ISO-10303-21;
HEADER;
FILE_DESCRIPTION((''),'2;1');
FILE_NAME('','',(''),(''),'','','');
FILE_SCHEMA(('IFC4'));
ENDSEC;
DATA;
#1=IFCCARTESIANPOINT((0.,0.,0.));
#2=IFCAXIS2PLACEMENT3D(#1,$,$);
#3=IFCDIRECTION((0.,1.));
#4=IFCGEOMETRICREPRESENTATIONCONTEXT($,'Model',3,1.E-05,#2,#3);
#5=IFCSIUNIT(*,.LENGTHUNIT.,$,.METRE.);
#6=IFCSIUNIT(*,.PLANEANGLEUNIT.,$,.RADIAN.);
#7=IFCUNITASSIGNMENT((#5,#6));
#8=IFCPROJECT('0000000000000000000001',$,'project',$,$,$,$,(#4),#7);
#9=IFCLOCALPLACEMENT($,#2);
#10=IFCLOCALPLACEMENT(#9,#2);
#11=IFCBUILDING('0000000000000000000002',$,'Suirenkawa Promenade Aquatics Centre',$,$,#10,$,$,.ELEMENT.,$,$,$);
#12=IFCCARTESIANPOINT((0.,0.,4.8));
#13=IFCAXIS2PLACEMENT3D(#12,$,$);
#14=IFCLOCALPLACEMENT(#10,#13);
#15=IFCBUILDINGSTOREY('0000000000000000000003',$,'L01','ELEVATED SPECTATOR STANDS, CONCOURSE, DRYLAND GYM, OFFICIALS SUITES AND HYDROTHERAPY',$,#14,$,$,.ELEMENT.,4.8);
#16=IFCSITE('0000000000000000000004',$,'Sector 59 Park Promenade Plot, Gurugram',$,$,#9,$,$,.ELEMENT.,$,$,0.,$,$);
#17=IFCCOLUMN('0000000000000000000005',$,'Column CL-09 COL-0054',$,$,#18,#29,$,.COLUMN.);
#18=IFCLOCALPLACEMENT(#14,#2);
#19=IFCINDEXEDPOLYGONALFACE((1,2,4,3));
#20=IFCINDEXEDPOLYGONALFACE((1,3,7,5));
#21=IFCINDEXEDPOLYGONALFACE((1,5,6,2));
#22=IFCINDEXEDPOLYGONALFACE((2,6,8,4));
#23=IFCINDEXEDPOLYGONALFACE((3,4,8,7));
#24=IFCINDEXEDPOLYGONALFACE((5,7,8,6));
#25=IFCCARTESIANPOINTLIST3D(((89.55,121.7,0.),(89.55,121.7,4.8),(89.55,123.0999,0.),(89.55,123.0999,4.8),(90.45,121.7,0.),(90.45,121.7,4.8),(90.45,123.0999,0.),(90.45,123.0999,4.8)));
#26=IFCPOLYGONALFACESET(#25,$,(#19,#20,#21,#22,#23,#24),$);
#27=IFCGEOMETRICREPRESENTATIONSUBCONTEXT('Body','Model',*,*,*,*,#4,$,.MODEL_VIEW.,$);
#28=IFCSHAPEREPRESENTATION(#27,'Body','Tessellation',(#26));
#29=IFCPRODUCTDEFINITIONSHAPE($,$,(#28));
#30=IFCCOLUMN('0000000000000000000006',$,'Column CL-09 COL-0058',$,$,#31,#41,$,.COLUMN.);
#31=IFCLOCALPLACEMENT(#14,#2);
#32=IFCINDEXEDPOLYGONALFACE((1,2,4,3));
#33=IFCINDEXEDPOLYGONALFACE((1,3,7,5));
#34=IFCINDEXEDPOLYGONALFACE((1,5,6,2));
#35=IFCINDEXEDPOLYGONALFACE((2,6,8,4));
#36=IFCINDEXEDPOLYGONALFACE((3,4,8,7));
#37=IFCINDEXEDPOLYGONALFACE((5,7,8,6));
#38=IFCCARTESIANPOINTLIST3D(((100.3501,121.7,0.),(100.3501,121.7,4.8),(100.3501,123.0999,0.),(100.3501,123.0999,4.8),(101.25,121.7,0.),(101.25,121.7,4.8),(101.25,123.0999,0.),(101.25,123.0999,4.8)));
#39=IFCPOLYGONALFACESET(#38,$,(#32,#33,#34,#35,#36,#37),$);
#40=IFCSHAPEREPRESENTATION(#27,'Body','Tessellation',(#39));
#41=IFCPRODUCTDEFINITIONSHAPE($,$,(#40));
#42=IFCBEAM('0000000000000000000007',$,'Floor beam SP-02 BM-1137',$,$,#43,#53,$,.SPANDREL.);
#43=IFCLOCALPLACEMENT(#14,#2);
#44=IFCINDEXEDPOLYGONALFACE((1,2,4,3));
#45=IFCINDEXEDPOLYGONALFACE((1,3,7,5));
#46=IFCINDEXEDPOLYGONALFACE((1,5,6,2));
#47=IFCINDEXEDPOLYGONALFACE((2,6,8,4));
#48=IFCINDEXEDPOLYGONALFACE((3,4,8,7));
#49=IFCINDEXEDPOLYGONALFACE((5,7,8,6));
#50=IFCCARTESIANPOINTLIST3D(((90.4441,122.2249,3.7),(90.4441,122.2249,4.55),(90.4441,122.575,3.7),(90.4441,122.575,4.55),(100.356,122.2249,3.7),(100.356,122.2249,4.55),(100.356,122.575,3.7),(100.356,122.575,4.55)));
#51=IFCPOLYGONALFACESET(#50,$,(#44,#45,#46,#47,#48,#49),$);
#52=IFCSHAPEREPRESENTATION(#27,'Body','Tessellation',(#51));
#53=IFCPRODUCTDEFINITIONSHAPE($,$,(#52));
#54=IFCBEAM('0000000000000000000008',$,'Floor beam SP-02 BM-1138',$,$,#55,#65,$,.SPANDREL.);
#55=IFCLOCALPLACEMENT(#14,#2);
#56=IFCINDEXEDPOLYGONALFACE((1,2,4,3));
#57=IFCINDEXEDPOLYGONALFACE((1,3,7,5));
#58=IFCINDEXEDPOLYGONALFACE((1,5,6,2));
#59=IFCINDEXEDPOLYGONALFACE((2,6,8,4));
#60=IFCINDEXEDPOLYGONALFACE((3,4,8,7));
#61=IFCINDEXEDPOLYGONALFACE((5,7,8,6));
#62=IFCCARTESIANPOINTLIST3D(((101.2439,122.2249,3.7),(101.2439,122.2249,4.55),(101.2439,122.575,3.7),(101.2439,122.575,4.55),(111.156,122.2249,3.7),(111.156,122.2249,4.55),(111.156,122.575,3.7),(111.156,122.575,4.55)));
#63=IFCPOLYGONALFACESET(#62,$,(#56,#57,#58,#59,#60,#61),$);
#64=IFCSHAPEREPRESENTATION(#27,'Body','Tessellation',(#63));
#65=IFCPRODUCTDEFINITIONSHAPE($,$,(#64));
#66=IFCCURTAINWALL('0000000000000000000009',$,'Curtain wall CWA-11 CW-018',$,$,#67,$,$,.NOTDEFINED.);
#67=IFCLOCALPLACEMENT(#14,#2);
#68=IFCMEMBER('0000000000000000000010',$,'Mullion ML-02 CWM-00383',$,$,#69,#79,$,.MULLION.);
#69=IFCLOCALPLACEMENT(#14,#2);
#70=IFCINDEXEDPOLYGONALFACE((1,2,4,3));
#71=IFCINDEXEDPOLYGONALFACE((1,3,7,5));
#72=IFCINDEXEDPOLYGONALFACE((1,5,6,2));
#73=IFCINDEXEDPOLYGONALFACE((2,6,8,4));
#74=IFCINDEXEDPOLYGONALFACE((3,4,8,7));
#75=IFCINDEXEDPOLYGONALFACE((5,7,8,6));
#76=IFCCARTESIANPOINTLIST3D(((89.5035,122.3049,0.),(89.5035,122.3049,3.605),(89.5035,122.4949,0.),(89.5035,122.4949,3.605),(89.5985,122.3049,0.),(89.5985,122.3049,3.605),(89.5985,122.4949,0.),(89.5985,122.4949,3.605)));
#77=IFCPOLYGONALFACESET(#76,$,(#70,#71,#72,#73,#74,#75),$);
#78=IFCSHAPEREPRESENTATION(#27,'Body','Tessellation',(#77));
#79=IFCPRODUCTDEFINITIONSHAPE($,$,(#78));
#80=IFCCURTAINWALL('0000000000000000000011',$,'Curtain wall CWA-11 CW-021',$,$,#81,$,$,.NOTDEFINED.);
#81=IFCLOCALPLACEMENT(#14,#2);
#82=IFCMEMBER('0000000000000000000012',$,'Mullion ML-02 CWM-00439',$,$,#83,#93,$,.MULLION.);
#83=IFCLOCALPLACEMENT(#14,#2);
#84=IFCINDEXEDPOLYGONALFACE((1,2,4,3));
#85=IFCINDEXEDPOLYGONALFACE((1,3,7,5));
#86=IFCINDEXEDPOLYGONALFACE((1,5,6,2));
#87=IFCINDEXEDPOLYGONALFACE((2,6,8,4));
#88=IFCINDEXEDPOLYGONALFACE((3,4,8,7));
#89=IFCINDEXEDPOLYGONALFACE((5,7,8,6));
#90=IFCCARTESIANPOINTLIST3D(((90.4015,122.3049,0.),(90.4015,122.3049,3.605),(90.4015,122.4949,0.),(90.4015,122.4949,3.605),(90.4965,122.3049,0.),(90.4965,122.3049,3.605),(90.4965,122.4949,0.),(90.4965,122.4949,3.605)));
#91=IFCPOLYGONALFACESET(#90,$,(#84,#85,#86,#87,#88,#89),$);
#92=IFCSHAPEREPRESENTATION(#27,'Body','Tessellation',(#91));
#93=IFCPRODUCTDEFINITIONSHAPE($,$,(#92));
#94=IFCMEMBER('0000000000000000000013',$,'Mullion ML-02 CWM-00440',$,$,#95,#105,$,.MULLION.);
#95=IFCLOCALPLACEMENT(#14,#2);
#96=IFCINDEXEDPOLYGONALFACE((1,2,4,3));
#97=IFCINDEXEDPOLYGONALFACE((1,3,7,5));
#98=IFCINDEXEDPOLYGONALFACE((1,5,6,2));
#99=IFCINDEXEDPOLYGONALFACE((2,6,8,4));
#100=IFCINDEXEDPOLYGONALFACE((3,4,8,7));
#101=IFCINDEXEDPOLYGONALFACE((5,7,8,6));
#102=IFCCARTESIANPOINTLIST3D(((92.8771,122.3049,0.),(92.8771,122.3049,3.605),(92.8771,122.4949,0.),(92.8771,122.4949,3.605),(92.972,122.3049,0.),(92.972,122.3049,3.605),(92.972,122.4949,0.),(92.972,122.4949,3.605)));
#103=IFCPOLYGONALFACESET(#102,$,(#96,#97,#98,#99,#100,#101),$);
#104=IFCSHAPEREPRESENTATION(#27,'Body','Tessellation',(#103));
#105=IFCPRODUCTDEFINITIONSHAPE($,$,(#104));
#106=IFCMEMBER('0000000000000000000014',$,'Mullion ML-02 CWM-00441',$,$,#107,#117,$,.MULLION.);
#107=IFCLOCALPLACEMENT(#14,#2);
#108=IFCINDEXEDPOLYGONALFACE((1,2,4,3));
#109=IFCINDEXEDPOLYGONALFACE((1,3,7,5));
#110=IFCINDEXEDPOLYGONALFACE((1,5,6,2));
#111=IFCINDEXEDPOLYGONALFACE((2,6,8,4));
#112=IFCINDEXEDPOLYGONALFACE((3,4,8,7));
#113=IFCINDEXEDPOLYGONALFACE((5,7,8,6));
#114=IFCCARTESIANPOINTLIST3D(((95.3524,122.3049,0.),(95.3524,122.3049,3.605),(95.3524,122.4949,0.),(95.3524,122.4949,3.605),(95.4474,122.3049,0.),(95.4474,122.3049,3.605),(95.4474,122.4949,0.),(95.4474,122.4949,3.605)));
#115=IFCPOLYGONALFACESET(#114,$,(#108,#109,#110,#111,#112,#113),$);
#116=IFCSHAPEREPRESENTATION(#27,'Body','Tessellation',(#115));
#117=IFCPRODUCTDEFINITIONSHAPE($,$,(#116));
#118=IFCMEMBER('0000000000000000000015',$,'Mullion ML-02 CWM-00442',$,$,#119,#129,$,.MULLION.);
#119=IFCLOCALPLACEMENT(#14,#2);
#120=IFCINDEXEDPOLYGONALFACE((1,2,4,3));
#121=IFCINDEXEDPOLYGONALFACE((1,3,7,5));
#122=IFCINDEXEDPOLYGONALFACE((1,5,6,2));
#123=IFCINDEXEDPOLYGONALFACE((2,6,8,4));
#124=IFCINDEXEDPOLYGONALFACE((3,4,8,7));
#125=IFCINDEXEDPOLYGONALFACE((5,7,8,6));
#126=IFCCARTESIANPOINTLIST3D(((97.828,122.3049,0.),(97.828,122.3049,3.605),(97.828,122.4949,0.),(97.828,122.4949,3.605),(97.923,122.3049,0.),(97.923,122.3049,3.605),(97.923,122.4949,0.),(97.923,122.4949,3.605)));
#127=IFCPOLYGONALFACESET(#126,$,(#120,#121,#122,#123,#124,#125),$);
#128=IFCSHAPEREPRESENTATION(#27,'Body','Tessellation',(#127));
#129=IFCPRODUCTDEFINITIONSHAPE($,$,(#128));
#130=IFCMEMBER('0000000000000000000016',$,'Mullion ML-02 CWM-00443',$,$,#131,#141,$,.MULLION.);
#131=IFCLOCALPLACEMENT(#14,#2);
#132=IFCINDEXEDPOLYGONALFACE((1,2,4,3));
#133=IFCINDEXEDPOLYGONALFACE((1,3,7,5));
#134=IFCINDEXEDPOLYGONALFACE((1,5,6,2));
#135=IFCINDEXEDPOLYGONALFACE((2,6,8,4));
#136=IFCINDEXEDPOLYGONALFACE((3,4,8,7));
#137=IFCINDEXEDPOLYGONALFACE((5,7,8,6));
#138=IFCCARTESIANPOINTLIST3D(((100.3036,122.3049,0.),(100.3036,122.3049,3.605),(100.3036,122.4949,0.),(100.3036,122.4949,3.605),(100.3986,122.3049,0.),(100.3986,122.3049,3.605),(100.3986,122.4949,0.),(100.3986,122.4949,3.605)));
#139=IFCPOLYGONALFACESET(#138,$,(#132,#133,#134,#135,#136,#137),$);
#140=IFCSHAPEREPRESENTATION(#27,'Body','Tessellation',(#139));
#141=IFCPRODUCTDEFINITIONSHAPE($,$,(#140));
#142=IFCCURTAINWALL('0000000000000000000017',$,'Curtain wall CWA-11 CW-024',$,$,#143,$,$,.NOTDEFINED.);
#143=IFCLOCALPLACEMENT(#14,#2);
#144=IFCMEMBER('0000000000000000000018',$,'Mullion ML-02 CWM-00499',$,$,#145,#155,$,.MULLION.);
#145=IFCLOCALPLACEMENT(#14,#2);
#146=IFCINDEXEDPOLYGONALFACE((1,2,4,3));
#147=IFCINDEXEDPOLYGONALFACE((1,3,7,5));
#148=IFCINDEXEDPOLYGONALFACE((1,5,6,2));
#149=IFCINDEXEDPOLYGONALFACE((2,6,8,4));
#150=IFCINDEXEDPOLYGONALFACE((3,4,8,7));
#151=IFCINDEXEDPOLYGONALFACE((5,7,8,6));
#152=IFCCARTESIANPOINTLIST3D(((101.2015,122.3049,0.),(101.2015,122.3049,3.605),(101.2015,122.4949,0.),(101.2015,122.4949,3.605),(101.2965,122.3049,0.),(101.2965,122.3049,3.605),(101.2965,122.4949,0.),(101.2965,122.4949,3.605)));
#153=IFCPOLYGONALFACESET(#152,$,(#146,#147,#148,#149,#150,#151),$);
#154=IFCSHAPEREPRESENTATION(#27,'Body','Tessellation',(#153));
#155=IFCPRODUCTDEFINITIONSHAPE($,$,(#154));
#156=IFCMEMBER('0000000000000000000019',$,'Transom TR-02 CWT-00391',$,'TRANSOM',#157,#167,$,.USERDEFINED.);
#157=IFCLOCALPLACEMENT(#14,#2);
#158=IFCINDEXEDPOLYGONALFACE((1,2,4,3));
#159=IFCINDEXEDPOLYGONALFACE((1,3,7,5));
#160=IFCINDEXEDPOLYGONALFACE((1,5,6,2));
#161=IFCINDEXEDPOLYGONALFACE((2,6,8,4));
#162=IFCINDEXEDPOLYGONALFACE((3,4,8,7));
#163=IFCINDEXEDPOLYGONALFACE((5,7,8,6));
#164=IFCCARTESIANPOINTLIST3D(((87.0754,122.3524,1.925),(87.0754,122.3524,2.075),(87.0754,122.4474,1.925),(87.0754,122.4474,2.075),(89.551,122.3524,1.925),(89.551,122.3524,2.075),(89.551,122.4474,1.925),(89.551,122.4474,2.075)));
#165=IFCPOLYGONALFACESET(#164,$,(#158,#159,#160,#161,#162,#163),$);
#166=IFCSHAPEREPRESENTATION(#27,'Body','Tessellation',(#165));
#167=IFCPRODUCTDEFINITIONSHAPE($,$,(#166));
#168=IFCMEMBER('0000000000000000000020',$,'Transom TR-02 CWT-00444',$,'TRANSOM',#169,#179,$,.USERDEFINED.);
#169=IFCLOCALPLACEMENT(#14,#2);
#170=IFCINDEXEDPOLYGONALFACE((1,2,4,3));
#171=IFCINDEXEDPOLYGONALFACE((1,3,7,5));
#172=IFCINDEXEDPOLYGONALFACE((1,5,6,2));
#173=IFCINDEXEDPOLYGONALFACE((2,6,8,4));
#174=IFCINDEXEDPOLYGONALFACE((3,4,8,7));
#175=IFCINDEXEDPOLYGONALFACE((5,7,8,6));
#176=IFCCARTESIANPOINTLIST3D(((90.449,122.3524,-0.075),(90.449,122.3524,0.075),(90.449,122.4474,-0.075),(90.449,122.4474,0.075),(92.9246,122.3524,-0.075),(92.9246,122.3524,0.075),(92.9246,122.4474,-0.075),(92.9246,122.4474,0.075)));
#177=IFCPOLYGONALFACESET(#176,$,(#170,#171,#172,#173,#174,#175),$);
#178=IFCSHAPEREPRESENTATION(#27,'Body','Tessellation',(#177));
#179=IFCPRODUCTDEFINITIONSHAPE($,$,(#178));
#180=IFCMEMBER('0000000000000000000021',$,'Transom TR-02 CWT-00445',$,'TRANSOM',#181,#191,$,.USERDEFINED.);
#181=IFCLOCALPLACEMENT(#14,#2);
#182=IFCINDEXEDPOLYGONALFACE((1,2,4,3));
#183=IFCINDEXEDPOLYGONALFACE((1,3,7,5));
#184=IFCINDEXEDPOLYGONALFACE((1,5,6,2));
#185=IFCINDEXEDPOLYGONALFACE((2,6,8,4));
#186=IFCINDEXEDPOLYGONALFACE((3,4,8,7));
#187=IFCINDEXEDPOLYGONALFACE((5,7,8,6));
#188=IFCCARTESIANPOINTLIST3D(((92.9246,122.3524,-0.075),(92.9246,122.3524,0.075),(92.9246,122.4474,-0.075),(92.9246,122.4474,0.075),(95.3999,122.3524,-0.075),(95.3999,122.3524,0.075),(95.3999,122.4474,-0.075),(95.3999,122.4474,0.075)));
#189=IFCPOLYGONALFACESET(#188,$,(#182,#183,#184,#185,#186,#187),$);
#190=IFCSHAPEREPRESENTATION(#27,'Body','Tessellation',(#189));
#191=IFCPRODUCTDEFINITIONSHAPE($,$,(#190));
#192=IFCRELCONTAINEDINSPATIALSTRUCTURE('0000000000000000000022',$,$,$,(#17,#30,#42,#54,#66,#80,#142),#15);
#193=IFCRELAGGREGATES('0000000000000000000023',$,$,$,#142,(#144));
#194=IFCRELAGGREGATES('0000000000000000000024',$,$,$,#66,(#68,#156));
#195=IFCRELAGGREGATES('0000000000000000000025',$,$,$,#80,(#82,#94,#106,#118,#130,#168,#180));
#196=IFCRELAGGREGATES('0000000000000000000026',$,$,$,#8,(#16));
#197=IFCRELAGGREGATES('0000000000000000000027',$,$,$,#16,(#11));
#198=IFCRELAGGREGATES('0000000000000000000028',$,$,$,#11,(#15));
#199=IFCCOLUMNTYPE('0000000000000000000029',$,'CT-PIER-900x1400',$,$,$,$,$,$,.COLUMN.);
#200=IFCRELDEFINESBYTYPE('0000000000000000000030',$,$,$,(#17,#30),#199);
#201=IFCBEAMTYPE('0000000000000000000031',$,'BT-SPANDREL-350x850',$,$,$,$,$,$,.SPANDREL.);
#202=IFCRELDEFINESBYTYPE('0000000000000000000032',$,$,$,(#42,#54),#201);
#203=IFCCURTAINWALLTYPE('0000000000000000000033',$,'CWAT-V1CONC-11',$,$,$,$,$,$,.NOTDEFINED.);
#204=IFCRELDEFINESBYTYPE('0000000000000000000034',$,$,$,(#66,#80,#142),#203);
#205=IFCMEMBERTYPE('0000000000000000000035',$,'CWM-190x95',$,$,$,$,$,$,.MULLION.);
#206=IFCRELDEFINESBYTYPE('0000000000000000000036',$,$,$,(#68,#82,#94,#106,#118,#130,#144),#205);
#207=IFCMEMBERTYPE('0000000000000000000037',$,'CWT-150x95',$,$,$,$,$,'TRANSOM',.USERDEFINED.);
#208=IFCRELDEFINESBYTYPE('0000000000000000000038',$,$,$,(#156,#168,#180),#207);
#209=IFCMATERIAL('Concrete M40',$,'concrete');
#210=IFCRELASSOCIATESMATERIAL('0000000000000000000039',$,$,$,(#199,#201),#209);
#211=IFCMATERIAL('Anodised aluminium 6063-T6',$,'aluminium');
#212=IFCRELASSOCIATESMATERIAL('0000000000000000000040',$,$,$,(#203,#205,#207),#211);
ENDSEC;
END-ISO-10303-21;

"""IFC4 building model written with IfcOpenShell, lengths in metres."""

from ifc_helpers import new_model, si_unit, direction, frame, origin, origin_2d, place, context, subcontext, project, spatial, rectangle, extrude, material, material_profile, profile_set, type_object, element, aggregate, save


model = new_model("IFC4")

# Units and contexts
model_context = context("Model", 3, precision=1e-05, world=origin(), true_north=direction((0.0, 1.0)))
body_context = subcontext(model_context, "Body", "Model", "MODEL_VIEW")
ifc_project = project(units=[si_unit("LENGTHUNIT", "METRE"), si_unit("PLANEANGLEUNIT", "RADIAN")], contexts=[model_context])

# Site, building, storey
site_placement = place(None, origin())
site = spatial("IfcSite", under=ifc_project, at=site_placement, Name="Sector 59 Park Promenade Plot, Gurugram", CompositionType="ELEMENT", RefElevation=0.0)
building_placement = place(site_placement, origin())
building = spatial("IfcBuilding", under=site, at=building_placement, Name="Suirenkawa Promenade Aquatics Centre", CompositionType="ELEMENT")
storey_placement = place(building_placement, frame((0.0, 0.0, 4.8)))
storey = spatial("IfcBuildingStorey", under=building, at=storey_placement, Name="L01", Description="ELEVATED SPECTATOR STANDS, CONCOURSE, DRYLAND GYM, OFFICIALS SUITES AND HYDROTHERAPY", CompositionType="ELEMENT", Elevation=4.8)

# Columns
ifc_material_1 = material(Name="Concrete M40", Category="concrete")
ifc_material_profile_1 = material_profile(ifc_material_1, rectangle(XDim=0.8999, YDim=1.3999, at=origin_2d()), Name="RC PIER 900x1400", Category="concrete")
ifc_profile_set_1 = profile_set([ifc_material_profile_1], Name="Concrete M40")
column_type = type_object("IfcColumnType", Name="CT-PIER-900x1400", PredefinedType="COLUMN", material=ifc_profile_set_1)
for number, where, z_axis, x_axis, name in (
    (1, (90.0, 122.3999, 0.0), (0.0, 0.0, 1.0), (1.0, 0.0, 0.0), "Column CL-09 COL-0054"),
    (2, (100.8, 122.3999, 0.0), (0.0, 0.0, 1.0), (1.0, 0.0, 0.0), "Column CL-09 COL-0058"),
):
    element("IfcColumn", number, at=place(storey_placement, frame(where, z_axis=z_axis, x_axis=x_axis)), inside=storey, type_object=column_type, Name=name, PredefinedType="COLUMN", context=body_context, shape_type="SweptSolid", body=[
        extrude(rectangle(XDim=0.8999, YDim=1.3999, at=origin_2d()), origin(), (0.0, 0.0, 1.0), 4.8),
    ])

# Beams
ifc_material_profile_2 = material_profile(ifc_material_1, rectangle(XDim=0.3501, YDim=0.8501, at=origin_2d()), Name="RC SPANDREL 350x850", Category="concrete")
ifc_profile_set_2 = profile_set([ifc_material_profile_2], Name="Concrete M40")
beam_type = type_object("IfcBeamType", Name="BT-SPANDREL-350x850", PredefinedType="SPANDREL", material=ifc_profile_set_2)
beam_1_placement = place(storey_placement, frame((90.4441, 122.3999, 4.125), z_axis=(1.0, 0.0, 0.0), x_axis=(0.0, 1.0, 0.0)))
element("IfcBeam", 3, at=beam_1_placement, inside=storey, type_object=beam_type, Name="Floor beam SP-02 BM-1137", PredefinedType="SPANDREL", context=body_context, shape_type="SweptSolid", body=[
    extrude(rectangle(XDim=0.3501, YDim=0.8501, at=origin_2d()), origin(), (0.0, 0.0, 1.0), 9.9119),
])
beam_2_placement = place(storey_placement, frame((101.2439, 122.3999, 4.125), z_axis=(1.0, 0.0, 0.0), x_axis=(0.0, 1.0, 0.0)))
element("IfcBeam", 4, at=beam_2_placement, inside=storey, type_object=beam_type, Name="Floor beam SP-02 BM-1138", PredefinedType="SPANDREL", context=body_context, shape_type="SweptSolid", body=[
    extrude(rectangle(XDim=0.3501, YDim=0.8501, at=origin_2d()), origin(), (0.0, 0.0, 1.0), 9.9121),
])

# Curtain wall, member
ifc_material_2 = material(Name="Anodised aluminium 6063-T6", Category="aluminium")
curtain_wall_type = type_object("IfcCurtainWallType", Name="CWAT-V1CONC-11", PredefinedType="NOTDEFINED", material=ifc_material_2)
curtain_wall_1_placement = place(storey_placement, origin())
curtain_wall_1 = element("IfcCurtainWall", 5, at=curtain_wall_1_placement, inside=storey, type_object=curtain_wall_type, Name="Curtain wall CWA-11 CW-018", PredefinedType="NOTDEFINED")
ifc_material_profile_3 = material_profile(ifc_material_2, rectangle(XDim=0.095, YDim=0.1899, at=origin_2d()), Name="ALU MULL 95x190", Category="aluminium")
ifc_profile_set_3 = profile_set([ifc_material_profile_3], Name="Anodised aluminium 6063-T6")
member_type_1 = type_object("IfcMemberType", Name="CWM-190x95", PredefinedType="MULLION", material=ifc_profile_set_3)
member_1_placement = place(storey_placement, frame((89.551, 122.3999, 0.0), z_axis=(0.0, 0.0, 1.0), x_axis=(1.0, 0.0, 0.0)))
member_1 = element("IfcMember", 6, at=member_1_placement, type_object=member_type_1, Name="Mullion ML-02 CWM-00383", PredefinedType="MULLION", context=body_context, shape_type="SweptSolid", body=[
    extrude(rectangle(XDim=0.095, YDim=0.1899, at=origin_2d()), origin(), (0.0, 0.0, 1.0), 3.605),
])

# Curtain wall, members
curtain_wall_2_placement = place(storey_placement, origin())
curtain_wall_2 = element("IfcCurtainWall", 7, at=curtain_wall_2_placement, inside=storey, type_object=curtain_wall_type, Name="Curtain wall CWA-11 CW-021", PredefinedType="NOTDEFINED")
member_2_placement = place(storey_placement, frame((90.449, 122.3999, 0.0), z_axis=(0.0, 0.0, 1.0), x_axis=(1.0, 0.0, 0.0)))
member_2 = element("IfcMember", 8, at=member_2_placement, type_object=member_type_1, Name="Mullion ML-02 CWM-00439", PredefinedType="MULLION", context=body_context, shape_type="SweptSolid", body=[
    extrude(rectangle(XDim=0.095, YDim=0.1899, at=origin_2d()), origin(), (0.0, 0.0, 1.0), 3.605),
])
member_3_placement = place(storey_placement, frame((92.9246, 122.3999, 0.0), z_axis=(0.0, 0.0, 1.0), x_axis=(1.0, 0.0, 0.0)))
member_3 = element("IfcMember", 9, at=member_3_placement, type_object=member_type_1, Name="Mullion ML-02 CWM-00440", PredefinedType="MULLION", context=body_context, shape_type="SweptSolid", body=[
    extrude(rectangle(XDim=0.095, YDim=0.1899, at=origin_2d()), origin(), (0.0, 0.0, 1.0), 3.605),
])
member_4_placement = place(storey_placement, frame((95.3999, 122.3999, 0.0), z_axis=(0.0, 0.0, 1.0), x_axis=(1.0, 0.0, 0.0)))
member_4 = element("IfcMember", 10, at=member_4_placement, type_object=member_type_1, Name="Mullion ML-02 CWM-00441", PredefinedType="MULLION", context=body_context, shape_type="SweptSolid", body=[
    extrude(rectangle(XDim=0.095, YDim=0.1899, at=origin_2d()), origin(), (0.0, 0.0, 1.0), 3.605),
])
member_5_placement = place(storey_placement, frame((97.8755, 122.3999, 0.0), z_axis=(0.0, 0.0, 1.0), x_axis=(1.0, 0.0, 0.0)))
member_5 = element("IfcMember", 11, at=member_5_placement, type_object=member_type_1, Name="Mullion ML-02 CWM-00442", PredefinedType="MULLION", context=body_context, shape_type="SweptSolid", body=[
    extrude(rectangle(XDim=0.095, YDim=0.1899, at=origin_2d()), origin(), (0.0, 0.0, 1.0), 3.605),
])
member_6_placement = place(storey_placement, frame((100.3511, 122.3999, 0.0), z_axis=(0.0, 0.0, 1.0), x_axis=(1.0, 0.0, 0.0)))
member_6 = element("IfcMember", 12, at=member_6_placement, type_object=member_type_1, Name="Mullion ML-02 CWM-00443", PredefinedType="MULLION", context=body_context, shape_type="SweptSolid", body=[
    extrude(rectangle(XDim=0.095, YDim=0.1899, at=origin_2d()), origin(), (0.0, 0.0, 1.0), 3.605),
])

# Curtain wall, member
curtain_wall_3_placement = place(storey_placement, origin())
curtain_wall_3 = element("IfcCurtainWall", 13, at=curtain_wall_3_placement, inside=storey, type_object=curtain_wall_type, Name="Curtain wall CWA-11 CW-024", PredefinedType="NOTDEFINED")
member_7_placement = place(storey_placement, frame((101.249, 122.3999, 0.0), z_axis=(0.0, 0.0, 1.0), x_axis=(1.0, 0.0, 0.0)))
member_7 = element("IfcMember", 14, at=member_7_placement, type_object=member_type_1, Name="Mullion ML-02 CWM-00499", PredefinedType="MULLION", context=body_context, shape_type="SweptSolid", body=[
    extrude(rectangle(XDim=0.095, YDim=0.1899, at=origin_2d()), origin(), (0.0, 0.0, 1.0), 3.605),
])

# Members
ifc_material_profile_4 = material_profile(ifc_material_2, rectangle(XDim=0.095, YDim=0.1499, at=origin_2d()), Name="ALU TRAN 95x150", Category="aluminium")
ifc_profile_set_4 = profile_set([ifc_material_profile_4], Name="Anodised aluminium 6063-T6")
member_type_2 = type_object("IfcMemberType", Name="CWT-150x95", ElementType="TRANSOM", PredefinedType="USERDEFINED", material=ifc_profile_set_4)
member_8_placement = place(storey_placement, frame((87.0754, 122.3999, 2.0), z_axis=(1.0, 0.0, 0.0), x_axis=(0.0, 1.0, 0.0)))
member_8 = element("IfcMember", 15, at=member_8_placement, type_object=member_type_2, Name="Transom TR-02 CWT-00391", ObjectType="TRANSOM", PredefinedType="USERDEFINED", context=body_context, shape_type="SweptSolid", body=[
    extrude(rectangle(XDim=0.095, YDim=0.1499, at=origin_2d()), origin(), (0.0, 0.0, 1.0), 2.4756),
])
member_9_placement = place(storey_placement, frame((90.449, 122.3999, 0.0), z_axis=(1.0, 0.0, 0.0), x_axis=(0.0, 1.0, 0.0)))
member_9 = element("IfcMember", 16, at=member_9_placement, type_object=member_type_2, Name="Transom TR-02 CWT-00444", ObjectType="TRANSOM", PredefinedType="USERDEFINED", context=body_context, shape_type="SweptSolid", body=[
    extrude(rectangle(XDim=0.095, YDim=0.1499, at=origin_2d()), origin(), (0.0, 0.0, 1.0), 2.4756),
])
member_10_placement = place(storey_placement, frame((92.9246, 122.3999, 0.0), z_axis=(1.0, 0.0, 0.0), x_axis=(0.0, 1.0, 0.0)))
member_10 = element("IfcMember", 17, at=member_10_placement, type_object=member_type_2, Name="Transom TR-02 CWT-00445", ObjectType="TRANSOM", PredefinedType="USERDEFINED", context=body_context, shape_type="SweptSolid", body=[
    extrude(rectangle(XDim=0.095, YDim=0.1499, at=origin_2d()), origin(), (0.0, 0.0, 1.0), 2.4753),
])
aggregate(curtain_wall_3, [member_7])

aggregate(curtain_wall_1, [member_1, member_8])
aggregate(curtain_wall_2, [member_2, member_3, member_4, member_5, member_6, member_9, member_10])

save(model, "model.ifc")
